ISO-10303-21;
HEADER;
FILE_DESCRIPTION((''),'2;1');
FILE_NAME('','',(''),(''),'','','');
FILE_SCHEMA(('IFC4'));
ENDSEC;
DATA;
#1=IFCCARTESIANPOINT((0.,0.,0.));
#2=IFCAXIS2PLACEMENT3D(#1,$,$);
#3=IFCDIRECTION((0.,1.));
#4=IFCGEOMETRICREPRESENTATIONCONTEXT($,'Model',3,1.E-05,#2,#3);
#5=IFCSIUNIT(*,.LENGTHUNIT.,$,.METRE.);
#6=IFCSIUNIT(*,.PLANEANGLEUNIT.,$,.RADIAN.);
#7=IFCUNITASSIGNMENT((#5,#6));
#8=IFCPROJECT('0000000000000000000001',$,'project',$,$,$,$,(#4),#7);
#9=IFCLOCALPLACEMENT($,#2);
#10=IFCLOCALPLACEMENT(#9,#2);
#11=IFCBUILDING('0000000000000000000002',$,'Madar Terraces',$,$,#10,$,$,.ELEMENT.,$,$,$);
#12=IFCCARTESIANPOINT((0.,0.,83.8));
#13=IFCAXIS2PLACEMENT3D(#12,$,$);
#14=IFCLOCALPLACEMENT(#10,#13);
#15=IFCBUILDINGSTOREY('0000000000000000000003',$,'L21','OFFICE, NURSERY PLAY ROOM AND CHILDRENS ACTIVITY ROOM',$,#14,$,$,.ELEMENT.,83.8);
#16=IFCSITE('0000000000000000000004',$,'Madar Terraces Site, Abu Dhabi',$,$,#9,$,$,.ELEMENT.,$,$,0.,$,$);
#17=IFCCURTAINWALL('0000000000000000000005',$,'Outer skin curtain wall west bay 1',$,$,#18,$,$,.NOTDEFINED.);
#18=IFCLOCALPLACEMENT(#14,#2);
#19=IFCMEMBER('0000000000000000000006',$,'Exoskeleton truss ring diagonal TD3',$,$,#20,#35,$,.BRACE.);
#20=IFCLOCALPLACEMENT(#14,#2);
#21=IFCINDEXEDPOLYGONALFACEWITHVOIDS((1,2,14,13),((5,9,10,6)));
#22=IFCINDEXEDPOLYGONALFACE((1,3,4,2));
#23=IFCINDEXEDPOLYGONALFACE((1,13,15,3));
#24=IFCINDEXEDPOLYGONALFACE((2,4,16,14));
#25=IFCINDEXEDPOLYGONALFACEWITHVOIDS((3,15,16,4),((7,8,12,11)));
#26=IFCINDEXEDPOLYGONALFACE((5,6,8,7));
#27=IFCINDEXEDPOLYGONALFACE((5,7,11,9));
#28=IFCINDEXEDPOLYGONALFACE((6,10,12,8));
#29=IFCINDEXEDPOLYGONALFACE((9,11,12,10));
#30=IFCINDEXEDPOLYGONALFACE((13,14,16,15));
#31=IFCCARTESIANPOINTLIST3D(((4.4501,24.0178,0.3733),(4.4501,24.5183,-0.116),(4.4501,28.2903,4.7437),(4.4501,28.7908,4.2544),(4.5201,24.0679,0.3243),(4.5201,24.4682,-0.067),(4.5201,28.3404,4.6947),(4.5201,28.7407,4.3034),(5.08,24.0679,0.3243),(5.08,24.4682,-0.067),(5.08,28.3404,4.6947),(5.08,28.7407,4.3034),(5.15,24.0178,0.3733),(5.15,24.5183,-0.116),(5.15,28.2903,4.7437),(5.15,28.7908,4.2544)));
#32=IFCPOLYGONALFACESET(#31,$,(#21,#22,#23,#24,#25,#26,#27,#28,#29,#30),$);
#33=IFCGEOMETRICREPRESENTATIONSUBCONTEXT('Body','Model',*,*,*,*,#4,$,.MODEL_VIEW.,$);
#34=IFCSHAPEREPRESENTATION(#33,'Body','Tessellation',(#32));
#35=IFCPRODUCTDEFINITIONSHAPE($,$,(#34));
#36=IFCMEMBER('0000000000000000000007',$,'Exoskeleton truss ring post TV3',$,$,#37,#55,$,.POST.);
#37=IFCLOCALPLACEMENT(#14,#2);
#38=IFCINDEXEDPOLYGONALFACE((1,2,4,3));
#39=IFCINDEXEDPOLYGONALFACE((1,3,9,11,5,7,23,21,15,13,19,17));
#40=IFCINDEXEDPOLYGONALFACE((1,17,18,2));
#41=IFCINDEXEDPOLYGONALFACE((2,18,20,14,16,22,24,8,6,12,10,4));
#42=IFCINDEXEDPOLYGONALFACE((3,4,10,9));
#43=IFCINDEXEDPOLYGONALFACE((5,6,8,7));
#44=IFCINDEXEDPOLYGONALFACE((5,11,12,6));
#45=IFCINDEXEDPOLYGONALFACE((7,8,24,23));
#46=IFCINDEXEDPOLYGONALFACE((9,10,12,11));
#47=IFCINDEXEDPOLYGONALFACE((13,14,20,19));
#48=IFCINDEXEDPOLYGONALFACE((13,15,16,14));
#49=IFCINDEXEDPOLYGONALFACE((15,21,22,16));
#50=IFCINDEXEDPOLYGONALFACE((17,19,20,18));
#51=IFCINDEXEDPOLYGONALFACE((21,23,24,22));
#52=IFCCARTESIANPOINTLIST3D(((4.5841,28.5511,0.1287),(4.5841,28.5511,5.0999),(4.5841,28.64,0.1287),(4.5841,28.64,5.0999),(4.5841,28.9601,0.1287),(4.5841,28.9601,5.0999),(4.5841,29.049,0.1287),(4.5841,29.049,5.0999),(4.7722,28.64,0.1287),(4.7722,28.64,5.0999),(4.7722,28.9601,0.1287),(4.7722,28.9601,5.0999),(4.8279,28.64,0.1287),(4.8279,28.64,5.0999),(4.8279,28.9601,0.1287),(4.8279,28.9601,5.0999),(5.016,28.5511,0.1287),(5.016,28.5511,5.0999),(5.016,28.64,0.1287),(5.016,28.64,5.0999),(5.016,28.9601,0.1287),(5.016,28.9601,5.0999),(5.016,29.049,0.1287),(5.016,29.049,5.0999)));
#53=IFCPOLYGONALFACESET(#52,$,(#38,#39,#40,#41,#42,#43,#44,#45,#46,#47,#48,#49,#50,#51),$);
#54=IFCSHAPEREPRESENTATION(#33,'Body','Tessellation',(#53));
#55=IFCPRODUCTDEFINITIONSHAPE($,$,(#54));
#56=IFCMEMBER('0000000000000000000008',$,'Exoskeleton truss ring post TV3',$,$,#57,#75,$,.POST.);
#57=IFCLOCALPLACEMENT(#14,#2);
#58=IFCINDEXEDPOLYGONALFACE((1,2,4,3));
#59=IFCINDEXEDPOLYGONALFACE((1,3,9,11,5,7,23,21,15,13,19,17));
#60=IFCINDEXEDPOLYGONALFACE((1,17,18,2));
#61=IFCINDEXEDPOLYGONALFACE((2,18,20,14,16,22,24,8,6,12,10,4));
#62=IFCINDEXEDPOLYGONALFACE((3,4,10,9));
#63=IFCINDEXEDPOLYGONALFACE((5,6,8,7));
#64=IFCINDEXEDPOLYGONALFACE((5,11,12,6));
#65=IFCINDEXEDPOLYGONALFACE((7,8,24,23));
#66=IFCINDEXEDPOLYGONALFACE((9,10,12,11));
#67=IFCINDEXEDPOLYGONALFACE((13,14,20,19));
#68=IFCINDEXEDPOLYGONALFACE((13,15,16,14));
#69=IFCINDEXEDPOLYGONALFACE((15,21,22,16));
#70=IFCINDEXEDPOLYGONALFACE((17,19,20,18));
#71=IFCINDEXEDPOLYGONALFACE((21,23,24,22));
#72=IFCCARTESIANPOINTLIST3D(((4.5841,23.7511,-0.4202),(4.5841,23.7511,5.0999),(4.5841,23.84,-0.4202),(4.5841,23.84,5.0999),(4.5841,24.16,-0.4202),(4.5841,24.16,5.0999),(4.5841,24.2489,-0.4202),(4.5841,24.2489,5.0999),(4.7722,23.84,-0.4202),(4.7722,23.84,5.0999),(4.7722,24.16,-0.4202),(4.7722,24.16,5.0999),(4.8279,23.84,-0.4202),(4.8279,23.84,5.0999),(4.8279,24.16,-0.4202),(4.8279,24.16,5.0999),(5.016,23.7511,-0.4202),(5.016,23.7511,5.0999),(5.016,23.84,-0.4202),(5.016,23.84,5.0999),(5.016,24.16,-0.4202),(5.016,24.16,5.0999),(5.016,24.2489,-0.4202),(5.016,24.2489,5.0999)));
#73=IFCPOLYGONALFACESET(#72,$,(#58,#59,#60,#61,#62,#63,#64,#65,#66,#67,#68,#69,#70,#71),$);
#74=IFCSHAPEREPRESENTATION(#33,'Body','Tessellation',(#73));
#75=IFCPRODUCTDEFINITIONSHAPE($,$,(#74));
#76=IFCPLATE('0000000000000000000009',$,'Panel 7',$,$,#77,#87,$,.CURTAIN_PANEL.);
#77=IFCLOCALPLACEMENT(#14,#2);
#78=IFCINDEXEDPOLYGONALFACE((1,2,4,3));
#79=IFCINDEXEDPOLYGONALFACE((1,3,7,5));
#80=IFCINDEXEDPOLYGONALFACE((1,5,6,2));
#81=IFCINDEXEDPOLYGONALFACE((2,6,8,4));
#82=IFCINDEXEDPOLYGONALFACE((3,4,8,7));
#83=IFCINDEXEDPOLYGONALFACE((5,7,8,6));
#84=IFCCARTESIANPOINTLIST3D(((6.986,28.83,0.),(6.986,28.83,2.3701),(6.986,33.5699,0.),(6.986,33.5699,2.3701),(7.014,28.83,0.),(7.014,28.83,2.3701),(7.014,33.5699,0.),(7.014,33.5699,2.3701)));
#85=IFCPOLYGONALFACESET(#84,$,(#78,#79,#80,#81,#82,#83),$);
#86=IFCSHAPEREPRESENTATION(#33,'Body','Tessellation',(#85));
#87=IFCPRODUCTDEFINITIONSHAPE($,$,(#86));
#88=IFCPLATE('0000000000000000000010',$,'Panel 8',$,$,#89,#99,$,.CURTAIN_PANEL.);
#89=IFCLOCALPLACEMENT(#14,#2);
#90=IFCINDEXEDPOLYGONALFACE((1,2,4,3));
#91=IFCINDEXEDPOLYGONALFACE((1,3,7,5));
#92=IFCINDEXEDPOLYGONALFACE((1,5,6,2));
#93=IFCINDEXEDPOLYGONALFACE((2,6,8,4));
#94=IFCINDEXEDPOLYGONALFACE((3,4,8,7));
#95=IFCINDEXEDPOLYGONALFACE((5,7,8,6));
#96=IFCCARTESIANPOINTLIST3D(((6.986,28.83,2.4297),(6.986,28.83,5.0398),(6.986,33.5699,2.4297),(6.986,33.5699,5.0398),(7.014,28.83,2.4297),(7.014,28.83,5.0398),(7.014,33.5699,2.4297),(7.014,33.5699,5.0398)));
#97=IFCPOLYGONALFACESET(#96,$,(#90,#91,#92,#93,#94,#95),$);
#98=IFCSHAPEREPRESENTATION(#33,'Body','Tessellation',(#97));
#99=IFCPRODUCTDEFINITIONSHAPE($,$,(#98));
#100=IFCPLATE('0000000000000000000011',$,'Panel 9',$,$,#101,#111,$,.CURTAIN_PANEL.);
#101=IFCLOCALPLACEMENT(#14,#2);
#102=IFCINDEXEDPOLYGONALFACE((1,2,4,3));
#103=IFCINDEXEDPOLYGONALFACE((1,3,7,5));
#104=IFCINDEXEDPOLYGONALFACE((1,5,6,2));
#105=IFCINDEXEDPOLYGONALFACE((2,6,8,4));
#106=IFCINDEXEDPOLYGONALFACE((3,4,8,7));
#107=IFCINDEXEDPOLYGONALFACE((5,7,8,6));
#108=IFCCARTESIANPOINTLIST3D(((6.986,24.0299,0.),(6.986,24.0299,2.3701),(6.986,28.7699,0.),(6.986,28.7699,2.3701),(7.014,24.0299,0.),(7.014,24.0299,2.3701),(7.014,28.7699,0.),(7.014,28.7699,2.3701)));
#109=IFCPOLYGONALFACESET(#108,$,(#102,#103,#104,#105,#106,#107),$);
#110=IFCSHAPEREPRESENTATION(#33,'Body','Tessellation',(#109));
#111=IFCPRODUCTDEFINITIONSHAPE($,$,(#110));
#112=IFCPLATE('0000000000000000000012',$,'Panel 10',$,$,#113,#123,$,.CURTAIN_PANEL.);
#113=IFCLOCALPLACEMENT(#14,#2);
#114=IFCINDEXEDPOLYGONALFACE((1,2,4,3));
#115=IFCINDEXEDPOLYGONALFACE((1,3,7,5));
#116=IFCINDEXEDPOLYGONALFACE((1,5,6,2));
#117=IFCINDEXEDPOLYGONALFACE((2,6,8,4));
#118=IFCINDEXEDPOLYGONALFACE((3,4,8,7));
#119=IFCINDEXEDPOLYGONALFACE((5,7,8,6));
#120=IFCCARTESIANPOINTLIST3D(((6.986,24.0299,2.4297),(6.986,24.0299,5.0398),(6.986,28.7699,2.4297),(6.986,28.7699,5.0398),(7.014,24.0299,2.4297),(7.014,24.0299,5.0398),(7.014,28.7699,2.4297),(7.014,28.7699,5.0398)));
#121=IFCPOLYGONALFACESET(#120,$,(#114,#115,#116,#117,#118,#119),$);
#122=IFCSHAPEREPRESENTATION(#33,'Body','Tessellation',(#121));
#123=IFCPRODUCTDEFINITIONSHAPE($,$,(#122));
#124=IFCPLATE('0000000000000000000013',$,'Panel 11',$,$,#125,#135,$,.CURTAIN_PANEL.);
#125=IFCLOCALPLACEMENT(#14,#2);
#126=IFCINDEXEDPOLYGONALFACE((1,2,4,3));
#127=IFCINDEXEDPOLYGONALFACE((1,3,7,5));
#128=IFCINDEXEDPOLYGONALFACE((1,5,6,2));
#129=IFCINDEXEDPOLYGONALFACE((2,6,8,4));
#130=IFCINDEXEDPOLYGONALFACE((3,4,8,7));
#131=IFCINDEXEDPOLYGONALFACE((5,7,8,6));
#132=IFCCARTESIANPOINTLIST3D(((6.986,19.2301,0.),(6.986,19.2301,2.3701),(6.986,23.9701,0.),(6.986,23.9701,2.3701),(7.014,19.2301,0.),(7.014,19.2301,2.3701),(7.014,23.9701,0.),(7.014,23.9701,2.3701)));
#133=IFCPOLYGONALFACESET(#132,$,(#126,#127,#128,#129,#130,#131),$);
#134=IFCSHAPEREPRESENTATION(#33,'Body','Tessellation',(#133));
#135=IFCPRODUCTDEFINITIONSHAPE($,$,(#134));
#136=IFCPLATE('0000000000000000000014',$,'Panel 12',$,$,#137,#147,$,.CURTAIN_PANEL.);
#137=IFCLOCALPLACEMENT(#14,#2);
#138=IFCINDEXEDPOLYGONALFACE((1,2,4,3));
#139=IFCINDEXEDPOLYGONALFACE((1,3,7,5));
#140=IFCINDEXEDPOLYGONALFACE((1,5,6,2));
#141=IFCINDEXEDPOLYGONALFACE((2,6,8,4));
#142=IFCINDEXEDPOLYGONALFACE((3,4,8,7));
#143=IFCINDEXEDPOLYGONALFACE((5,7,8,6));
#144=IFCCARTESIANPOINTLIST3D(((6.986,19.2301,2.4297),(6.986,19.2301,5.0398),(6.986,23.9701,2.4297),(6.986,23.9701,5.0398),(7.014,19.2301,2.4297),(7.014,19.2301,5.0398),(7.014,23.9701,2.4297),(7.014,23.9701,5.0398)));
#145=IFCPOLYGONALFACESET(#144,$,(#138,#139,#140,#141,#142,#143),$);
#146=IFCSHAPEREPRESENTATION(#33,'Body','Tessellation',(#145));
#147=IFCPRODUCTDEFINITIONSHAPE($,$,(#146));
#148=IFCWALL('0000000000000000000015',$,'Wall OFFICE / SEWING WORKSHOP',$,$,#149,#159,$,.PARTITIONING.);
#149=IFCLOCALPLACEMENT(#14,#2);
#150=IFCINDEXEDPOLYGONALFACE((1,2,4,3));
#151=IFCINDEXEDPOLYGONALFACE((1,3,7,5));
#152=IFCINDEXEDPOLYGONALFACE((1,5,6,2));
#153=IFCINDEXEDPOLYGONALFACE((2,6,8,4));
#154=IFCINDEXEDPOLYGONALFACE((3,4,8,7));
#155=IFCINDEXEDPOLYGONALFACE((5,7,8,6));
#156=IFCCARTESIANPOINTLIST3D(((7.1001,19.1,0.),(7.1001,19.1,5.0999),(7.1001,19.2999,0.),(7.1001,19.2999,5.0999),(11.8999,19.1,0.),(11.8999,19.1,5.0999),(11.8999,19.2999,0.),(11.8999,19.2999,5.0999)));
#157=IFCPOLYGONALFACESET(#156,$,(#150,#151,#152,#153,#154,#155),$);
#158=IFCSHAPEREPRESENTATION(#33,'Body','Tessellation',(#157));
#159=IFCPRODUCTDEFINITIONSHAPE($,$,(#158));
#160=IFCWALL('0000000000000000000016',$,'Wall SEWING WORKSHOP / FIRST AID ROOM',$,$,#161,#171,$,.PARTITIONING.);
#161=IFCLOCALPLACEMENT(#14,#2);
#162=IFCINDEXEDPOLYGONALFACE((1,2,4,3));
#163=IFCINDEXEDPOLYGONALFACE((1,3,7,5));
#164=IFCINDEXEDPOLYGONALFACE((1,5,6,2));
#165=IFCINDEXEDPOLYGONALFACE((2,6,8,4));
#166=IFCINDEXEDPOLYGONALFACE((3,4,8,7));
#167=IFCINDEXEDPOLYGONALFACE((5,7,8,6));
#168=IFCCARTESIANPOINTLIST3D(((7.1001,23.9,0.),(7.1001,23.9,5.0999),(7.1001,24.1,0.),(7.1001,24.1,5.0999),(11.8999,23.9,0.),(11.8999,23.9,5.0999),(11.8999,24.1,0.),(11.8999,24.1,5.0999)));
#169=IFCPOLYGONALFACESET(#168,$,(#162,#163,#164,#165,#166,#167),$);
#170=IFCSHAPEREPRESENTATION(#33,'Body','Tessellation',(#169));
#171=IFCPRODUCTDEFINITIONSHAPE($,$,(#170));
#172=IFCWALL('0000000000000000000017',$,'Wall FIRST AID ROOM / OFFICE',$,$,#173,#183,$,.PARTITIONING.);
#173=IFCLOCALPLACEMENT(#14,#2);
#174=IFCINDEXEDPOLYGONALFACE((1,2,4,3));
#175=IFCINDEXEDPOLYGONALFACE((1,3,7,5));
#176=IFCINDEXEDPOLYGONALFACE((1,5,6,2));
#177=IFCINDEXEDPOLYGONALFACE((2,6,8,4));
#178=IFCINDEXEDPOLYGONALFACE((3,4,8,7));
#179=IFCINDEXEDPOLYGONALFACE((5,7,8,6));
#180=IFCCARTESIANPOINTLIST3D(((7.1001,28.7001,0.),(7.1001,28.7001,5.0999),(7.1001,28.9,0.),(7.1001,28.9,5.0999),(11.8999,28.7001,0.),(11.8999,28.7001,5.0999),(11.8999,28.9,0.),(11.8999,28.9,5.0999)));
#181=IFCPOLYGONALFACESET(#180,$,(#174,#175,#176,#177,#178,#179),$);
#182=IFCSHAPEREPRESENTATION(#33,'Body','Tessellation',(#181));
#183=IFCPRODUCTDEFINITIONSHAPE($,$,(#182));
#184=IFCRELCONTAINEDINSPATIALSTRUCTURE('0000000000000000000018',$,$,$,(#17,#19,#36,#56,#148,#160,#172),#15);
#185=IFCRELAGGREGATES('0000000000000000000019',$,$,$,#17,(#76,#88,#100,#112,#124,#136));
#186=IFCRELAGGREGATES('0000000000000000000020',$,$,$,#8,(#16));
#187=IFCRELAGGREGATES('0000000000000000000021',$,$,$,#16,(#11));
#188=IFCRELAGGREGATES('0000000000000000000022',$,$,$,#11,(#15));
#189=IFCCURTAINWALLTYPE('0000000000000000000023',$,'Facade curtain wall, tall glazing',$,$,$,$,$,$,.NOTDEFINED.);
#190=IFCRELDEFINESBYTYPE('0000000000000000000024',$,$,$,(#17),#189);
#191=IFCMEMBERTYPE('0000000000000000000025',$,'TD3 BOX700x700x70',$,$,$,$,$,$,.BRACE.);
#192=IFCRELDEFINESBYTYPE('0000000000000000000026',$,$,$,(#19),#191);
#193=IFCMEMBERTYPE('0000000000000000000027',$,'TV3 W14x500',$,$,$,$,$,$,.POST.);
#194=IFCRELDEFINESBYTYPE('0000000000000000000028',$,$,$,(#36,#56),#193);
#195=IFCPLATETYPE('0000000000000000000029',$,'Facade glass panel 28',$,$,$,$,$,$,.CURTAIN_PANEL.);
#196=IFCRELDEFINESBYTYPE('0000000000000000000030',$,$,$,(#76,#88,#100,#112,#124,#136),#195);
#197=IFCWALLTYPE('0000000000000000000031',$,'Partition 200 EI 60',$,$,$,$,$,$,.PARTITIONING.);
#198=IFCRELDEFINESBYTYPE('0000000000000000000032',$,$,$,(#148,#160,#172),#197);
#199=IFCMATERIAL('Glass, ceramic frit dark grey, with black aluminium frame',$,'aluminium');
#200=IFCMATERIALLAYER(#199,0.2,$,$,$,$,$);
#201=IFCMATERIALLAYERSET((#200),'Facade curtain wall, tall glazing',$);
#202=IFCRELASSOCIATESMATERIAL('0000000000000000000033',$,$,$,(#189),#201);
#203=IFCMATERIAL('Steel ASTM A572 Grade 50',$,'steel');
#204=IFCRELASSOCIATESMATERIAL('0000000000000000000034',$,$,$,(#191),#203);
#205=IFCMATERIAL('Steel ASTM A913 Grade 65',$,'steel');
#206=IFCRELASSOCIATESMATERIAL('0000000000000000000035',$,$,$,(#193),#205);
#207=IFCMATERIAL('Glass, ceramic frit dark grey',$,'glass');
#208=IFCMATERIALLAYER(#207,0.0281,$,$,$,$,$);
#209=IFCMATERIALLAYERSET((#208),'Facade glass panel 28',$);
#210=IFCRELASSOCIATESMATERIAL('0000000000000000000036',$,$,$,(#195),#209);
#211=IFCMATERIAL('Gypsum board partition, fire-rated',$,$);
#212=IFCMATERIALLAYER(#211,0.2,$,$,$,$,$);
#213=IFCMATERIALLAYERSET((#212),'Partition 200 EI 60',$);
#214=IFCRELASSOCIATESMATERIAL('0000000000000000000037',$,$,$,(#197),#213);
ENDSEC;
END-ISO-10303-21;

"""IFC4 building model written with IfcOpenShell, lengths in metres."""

from ifc_helpers import new_model, si_unit, direction, frame, frame_2d, origin, origin_2d, place, context, subcontext, project, spatial, rectangle, hollow_rectangle, i_section, extrude, material, layer, layer_set, material_profile, profile_set, type_object, element, aggregate, save


model = new_model("IFC4")

# Units and contexts
model_context = context("Model", 3, precision=1e-05, world=origin(), true_north=direction((0.0, 1.0)))
body_context = subcontext(model_context, "Body", "Model", "MODEL_VIEW")
ifc_project = project(units=[si_unit("LENGTHUNIT", "METRE"), si_unit("PLANEANGLEUNIT", "RADIAN")], contexts=[model_context])

# Site, building, storey
site_placement = place(None, origin())
site = spatial("IfcSite", under=ifc_project, at=site_placement, Name="Madar Terraces Site, Abu Dhabi", CompositionType="ELEMENT", RefElevation=0.0)
building_placement = place(site_placement, origin())
building = spatial("IfcBuilding", under=site, at=building_placement, Name="Madar Terraces", CompositionType="ELEMENT")
storey_placement = place(building_placement, frame((0.0, 0.0, 83.8)))
storey = spatial("IfcBuildingStorey", under=building, at=storey_placement, Name="L21", Description="OFFICE, NURSERY PLAY ROOM AND CHILDRENS ACTIVITY ROOM", CompositionType="ELEMENT", Elevation=83.8)

# Curtain wall
ifc_material_1 = material(Name="Glass, ceramic frit dark grey, with black aluminium frame", Category="aluminium")
ifc_layer_1 = layer(ifc_material_1, 0.2)
ifc_layer_set_1 = layer_set([ifc_layer_1], Name="Facade curtain wall, tall glazing")
curtain_wall_type = type_object("IfcCurtainWallType", Name="Facade curtain wall, tall glazing", PredefinedType="NOTDEFINED", material=ifc_layer_set_1)
curtain_wall_placement = place(storey_placement, origin())
curtain_wall = element("IfcCurtainWall", 1, at=curtain_wall_placement, inside=storey, type_object=curtain_wall_type, Name="Outer skin curtain wall west bay 1", PredefinedType="NOTDEFINED")

# Members
ifc_material_2 = material(Name="Steel ASTM A572 Grade 50", Category="steel")
ifc_material_profile_1 = material_profile(ifc_material_2, hollow_rectangle(XDim=0.7, YDim=0.7, WallThickness=0.0701, at=origin_2d()), Name="BOX700x700x70")
ifc_profile_set_1 = profile_set([ifc_material_profile_1], Name="Steel ASTM A572 Grade 50")
member_type_1 = type_object("IfcMemberType", Name="TD3 BOX700x700x70", PredefinedType="BRACE", material=ifc_profile_set_1)
member_1_placement = place(storey_placement, frame((4.8, 28.5405, 4.499), z_axis=(0.0, -0.699052, -0.715071), x_axis=(1.0, 0.0, 0.0)))
element("IfcMember", 2, at=member_1_placement, inside=storey, type_object=member_type_1, Name="Exoskeleton truss ring diagonal TD3", PredefinedType="BRACE", context=body_context, shape_type="SweptSolid", body=[
    extrude(hollow_rectangle(XDim=0.7, YDim=0.7, WallThickness=0.0701, at=origin_2d()), origin(), (0.0, 0.0, 1.0), 6.1118),
])
ifc_material_3 = material(Name="Steel ASTM A913 Grade 65", Category="steel")
ifc_material_profile_2 = material_profile(ifc_material_3, i_section(OverallWidth=0.4319, OverallDepth=0.4978, WebThickness=0.0557, FlangeThickness=0.0889, at=origin_2d()), Name="W14x500")
ifc_profile_set_2 = profile_set([ifc_material_profile_2], Name="Steel ASTM A913 Grade 65")
member_type_2 = type_object("IfcMemberType", Name="TV3 W14x500", PredefinedType="POST", material=ifc_profile_set_2)
member_2_placement = place(storey_placement, frame((4.8, 28.8, 0.1287), z_axis=(0.0, 0.0, 1.0), x_axis=(1.0, 0.0, 0.0)))
element("IfcMember", 3, at=member_2_placement, inside=storey, type_object=member_type_2, Name="Exoskeleton truss ring post TV3", PredefinedType="POST", context=body_context, shape_type="SweptSolid", body=[
    extrude(i_section(OverallWidth=0.4319, OverallDepth=0.4978, WebThickness=0.0557, FlangeThickness=0.0889, at=origin_2d()), origin(), (0.0, 0.0, 1.0), 4.9712),
])
member_3_placement = place(storey_placement, frame((4.8, 24.0, -0.4202), z_axis=(0.0, 0.0, 1.0), x_axis=(1.0, 0.0, 0.0)))
element("IfcMember", 4, at=member_3_placement, inside=storey, type_object=member_type_2, Name="Exoskeleton truss ring post TV3", PredefinedType="POST", context=body_context, shape_type="SweptSolid", body=[
    extrude(i_section(OverallWidth=0.4319, OverallDepth=0.4978, WebThickness=0.0557, FlangeThickness=0.0889, at=origin_2d()), origin(), (0.0, 0.0, 1.0), 5.52),
])

# Plates
ifc_material_4 = material(Name="Glass, ceramic frit dark grey", Category="glass")
ifc_layer_2 = layer(ifc_material_4, 0.0281)
ifc_layer_set_2 = layer_set([ifc_layer_2], Name="Facade glass panel 28")
plate_type = type_object("IfcPlateType", Name="Facade glass panel 28", PredefinedType="CURTAIN_PANEL", material=ifc_layer_set_2)
plate_1_placement = place(storey_placement, frame((7.0, 31.2, 0.0), z_axis=(0.0, 0.0, 1.0), x_axis=(0.0, -1.0, 0.0)))
plate_1 = element("IfcPlate", 5, at=plate_1_placement, type_object=plate_type, Name="Panel 7", PredefinedType="CURTAIN_PANEL", context=body_context, shape_type="SweptSolid", body=[
    extrude(rectangle(XDim=4.74, YDim=0.0281, at=origin_2d()), origin(), (0.0, 0.0, 1.0), 2.3701),
])
plate_2_placement = place(storey_placement, frame((7.0, 31.2, 2.4297), z_axis=(0.0, 0.0, 1.0), x_axis=(0.0, -1.0, 0.0)))
plate_2 = element("IfcPlate", 6, at=plate_2_placement, type_object=plate_type, Name="Panel 8", PredefinedType="CURTAIN_PANEL", context=body_context, shape_type="SweptSolid", body=[
    extrude(rectangle(XDim=4.74, YDim=0.0281, at=origin_2d()), origin(), (0.0, 0.0, 1.0), 2.6101),
])
plate_3_placement = place(storey_placement, frame((7.0, 26.3999, 0.0), z_axis=(0.0, 0.0, 1.0), x_axis=(0.0, -1.0, 0.0)))
plate_3 = element("IfcPlate", 7, at=plate_3_placement, type_object=plate_type, Name="Panel 9", PredefinedType="CURTAIN_PANEL", context=body_context, shape_type="SweptSolid", body=[
    extrude(rectangle(XDim=4.74, YDim=0.0281, at=origin_2d()), origin(), (0.0, 0.0, 1.0), 2.3701),
])
plate_4_placement = place(storey_placement, frame((7.0, 26.3999, 2.4297), z_axis=(0.0, 0.0, 1.0), x_axis=(0.0, -1.0, 0.0)))
plate_4 = element("IfcPlate", 8, at=plate_4_placement, type_object=plate_type, Name="Panel 10", PredefinedType="CURTAIN_PANEL", context=body_context, shape_type="SweptSolid", body=[
    extrude(rectangle(XDim=4.74, YDim=0.0281, at=origin_2d()), origin(), (0.0, 0.0, 1.0), 2.6101),
])
plate_5_placement = place(storey_placement, frame((7.0, 21.6001, 0.0), z_axis=(0.0, 0.0, 1.0), x_axis=(0.0, -1.0, 0.0)))
plate_5 = element("IfcPlate", 9, at=plate_5_placement, type_object=plate_type, Name="Panel 11", PredefinedType="CURTAIN_PANEL", context=body_context, shape_type="SweptSolid", body=[
    extrude(rectangle(XDim=4.74, YDim=0.0281, at=origin_2d()), origin(), (0.0, 0.0, 1.0), 2.3701),
])
plate_6_placement = place(storey_placement, frame((7.0, 21.6001, 2.4297), z_axis=(0.0, 0.0, 1.0), x_axis=(0.0, -1.0, 0.0)))
plate_6 = element("IfcPlate", 10, at=plate_6_placement, type_object=plate_type, Name="Panel 12", PredefinedType="CURTAIN_PANEL", context=body_context, shape_type="SweptSolid", body=[
    extrude(rectangle(XDim=4.74, YDim=0.0281, at=origin_2d()), origin(), (0.0, 0.0, 1.0), 2.6101),
])
aggregate(curtain_wall, [plate_1, plate_2, plate_3, plate_4, plate_5, plate_6])

# Walls
ifc_material_5 = material(Name="Gypsum board partition, fire-rated")
ifc_layer_3 = layer(ifc_material_5, 0.2)
ifc_layer_set_3 = layer_set([ifc_layer_3], Name="Partition 200 EI 60")
wall_type = type_object("IfcWallType", Name="Partition 200 EI 60", PredefinedType="PARTITIONING", material=ifc_layer_set_3)
for number, where, z_axis, x_axis, name in (
    (11, (7.1001, 19.2, 0.0), (0.0, 0.0, 1.0), (1.0, 0.0, 0.0), "Wall OFFICE / SEWING WORKSHOP"),
    (12, (7.1001, 24.0, 0.0), (0.0, 0.0, 1.0), (1.0, 0.0, 0.0), "Wall SEWING WORKSHOP / FIRST AID ROOM"),
    (13, (7.1001, 28.8, 0.0), (0.0, 0.0, 1.0), (1.0, 0.0, 0.0), "Wall FIRST AID ROOM / OFFICE"),
):
    element("IfcWall", number, at=place(storey_placement, frame(where, z_axis=z_axis, x_axis=x_axis)), inside=storey, type_object=wall_type, Name=name, PredefinedType="PARTITIONING", context=body_context, shape_type="SweptSolid", body=[
        extrude(rectangle(XDim=4.7998, YDim=0.2, at=frame_2d((2.3999, 0.0))), origin(), (0.0, 0.0, 1.0), 5.0999),
    ])

save(model, "model.ifc")
